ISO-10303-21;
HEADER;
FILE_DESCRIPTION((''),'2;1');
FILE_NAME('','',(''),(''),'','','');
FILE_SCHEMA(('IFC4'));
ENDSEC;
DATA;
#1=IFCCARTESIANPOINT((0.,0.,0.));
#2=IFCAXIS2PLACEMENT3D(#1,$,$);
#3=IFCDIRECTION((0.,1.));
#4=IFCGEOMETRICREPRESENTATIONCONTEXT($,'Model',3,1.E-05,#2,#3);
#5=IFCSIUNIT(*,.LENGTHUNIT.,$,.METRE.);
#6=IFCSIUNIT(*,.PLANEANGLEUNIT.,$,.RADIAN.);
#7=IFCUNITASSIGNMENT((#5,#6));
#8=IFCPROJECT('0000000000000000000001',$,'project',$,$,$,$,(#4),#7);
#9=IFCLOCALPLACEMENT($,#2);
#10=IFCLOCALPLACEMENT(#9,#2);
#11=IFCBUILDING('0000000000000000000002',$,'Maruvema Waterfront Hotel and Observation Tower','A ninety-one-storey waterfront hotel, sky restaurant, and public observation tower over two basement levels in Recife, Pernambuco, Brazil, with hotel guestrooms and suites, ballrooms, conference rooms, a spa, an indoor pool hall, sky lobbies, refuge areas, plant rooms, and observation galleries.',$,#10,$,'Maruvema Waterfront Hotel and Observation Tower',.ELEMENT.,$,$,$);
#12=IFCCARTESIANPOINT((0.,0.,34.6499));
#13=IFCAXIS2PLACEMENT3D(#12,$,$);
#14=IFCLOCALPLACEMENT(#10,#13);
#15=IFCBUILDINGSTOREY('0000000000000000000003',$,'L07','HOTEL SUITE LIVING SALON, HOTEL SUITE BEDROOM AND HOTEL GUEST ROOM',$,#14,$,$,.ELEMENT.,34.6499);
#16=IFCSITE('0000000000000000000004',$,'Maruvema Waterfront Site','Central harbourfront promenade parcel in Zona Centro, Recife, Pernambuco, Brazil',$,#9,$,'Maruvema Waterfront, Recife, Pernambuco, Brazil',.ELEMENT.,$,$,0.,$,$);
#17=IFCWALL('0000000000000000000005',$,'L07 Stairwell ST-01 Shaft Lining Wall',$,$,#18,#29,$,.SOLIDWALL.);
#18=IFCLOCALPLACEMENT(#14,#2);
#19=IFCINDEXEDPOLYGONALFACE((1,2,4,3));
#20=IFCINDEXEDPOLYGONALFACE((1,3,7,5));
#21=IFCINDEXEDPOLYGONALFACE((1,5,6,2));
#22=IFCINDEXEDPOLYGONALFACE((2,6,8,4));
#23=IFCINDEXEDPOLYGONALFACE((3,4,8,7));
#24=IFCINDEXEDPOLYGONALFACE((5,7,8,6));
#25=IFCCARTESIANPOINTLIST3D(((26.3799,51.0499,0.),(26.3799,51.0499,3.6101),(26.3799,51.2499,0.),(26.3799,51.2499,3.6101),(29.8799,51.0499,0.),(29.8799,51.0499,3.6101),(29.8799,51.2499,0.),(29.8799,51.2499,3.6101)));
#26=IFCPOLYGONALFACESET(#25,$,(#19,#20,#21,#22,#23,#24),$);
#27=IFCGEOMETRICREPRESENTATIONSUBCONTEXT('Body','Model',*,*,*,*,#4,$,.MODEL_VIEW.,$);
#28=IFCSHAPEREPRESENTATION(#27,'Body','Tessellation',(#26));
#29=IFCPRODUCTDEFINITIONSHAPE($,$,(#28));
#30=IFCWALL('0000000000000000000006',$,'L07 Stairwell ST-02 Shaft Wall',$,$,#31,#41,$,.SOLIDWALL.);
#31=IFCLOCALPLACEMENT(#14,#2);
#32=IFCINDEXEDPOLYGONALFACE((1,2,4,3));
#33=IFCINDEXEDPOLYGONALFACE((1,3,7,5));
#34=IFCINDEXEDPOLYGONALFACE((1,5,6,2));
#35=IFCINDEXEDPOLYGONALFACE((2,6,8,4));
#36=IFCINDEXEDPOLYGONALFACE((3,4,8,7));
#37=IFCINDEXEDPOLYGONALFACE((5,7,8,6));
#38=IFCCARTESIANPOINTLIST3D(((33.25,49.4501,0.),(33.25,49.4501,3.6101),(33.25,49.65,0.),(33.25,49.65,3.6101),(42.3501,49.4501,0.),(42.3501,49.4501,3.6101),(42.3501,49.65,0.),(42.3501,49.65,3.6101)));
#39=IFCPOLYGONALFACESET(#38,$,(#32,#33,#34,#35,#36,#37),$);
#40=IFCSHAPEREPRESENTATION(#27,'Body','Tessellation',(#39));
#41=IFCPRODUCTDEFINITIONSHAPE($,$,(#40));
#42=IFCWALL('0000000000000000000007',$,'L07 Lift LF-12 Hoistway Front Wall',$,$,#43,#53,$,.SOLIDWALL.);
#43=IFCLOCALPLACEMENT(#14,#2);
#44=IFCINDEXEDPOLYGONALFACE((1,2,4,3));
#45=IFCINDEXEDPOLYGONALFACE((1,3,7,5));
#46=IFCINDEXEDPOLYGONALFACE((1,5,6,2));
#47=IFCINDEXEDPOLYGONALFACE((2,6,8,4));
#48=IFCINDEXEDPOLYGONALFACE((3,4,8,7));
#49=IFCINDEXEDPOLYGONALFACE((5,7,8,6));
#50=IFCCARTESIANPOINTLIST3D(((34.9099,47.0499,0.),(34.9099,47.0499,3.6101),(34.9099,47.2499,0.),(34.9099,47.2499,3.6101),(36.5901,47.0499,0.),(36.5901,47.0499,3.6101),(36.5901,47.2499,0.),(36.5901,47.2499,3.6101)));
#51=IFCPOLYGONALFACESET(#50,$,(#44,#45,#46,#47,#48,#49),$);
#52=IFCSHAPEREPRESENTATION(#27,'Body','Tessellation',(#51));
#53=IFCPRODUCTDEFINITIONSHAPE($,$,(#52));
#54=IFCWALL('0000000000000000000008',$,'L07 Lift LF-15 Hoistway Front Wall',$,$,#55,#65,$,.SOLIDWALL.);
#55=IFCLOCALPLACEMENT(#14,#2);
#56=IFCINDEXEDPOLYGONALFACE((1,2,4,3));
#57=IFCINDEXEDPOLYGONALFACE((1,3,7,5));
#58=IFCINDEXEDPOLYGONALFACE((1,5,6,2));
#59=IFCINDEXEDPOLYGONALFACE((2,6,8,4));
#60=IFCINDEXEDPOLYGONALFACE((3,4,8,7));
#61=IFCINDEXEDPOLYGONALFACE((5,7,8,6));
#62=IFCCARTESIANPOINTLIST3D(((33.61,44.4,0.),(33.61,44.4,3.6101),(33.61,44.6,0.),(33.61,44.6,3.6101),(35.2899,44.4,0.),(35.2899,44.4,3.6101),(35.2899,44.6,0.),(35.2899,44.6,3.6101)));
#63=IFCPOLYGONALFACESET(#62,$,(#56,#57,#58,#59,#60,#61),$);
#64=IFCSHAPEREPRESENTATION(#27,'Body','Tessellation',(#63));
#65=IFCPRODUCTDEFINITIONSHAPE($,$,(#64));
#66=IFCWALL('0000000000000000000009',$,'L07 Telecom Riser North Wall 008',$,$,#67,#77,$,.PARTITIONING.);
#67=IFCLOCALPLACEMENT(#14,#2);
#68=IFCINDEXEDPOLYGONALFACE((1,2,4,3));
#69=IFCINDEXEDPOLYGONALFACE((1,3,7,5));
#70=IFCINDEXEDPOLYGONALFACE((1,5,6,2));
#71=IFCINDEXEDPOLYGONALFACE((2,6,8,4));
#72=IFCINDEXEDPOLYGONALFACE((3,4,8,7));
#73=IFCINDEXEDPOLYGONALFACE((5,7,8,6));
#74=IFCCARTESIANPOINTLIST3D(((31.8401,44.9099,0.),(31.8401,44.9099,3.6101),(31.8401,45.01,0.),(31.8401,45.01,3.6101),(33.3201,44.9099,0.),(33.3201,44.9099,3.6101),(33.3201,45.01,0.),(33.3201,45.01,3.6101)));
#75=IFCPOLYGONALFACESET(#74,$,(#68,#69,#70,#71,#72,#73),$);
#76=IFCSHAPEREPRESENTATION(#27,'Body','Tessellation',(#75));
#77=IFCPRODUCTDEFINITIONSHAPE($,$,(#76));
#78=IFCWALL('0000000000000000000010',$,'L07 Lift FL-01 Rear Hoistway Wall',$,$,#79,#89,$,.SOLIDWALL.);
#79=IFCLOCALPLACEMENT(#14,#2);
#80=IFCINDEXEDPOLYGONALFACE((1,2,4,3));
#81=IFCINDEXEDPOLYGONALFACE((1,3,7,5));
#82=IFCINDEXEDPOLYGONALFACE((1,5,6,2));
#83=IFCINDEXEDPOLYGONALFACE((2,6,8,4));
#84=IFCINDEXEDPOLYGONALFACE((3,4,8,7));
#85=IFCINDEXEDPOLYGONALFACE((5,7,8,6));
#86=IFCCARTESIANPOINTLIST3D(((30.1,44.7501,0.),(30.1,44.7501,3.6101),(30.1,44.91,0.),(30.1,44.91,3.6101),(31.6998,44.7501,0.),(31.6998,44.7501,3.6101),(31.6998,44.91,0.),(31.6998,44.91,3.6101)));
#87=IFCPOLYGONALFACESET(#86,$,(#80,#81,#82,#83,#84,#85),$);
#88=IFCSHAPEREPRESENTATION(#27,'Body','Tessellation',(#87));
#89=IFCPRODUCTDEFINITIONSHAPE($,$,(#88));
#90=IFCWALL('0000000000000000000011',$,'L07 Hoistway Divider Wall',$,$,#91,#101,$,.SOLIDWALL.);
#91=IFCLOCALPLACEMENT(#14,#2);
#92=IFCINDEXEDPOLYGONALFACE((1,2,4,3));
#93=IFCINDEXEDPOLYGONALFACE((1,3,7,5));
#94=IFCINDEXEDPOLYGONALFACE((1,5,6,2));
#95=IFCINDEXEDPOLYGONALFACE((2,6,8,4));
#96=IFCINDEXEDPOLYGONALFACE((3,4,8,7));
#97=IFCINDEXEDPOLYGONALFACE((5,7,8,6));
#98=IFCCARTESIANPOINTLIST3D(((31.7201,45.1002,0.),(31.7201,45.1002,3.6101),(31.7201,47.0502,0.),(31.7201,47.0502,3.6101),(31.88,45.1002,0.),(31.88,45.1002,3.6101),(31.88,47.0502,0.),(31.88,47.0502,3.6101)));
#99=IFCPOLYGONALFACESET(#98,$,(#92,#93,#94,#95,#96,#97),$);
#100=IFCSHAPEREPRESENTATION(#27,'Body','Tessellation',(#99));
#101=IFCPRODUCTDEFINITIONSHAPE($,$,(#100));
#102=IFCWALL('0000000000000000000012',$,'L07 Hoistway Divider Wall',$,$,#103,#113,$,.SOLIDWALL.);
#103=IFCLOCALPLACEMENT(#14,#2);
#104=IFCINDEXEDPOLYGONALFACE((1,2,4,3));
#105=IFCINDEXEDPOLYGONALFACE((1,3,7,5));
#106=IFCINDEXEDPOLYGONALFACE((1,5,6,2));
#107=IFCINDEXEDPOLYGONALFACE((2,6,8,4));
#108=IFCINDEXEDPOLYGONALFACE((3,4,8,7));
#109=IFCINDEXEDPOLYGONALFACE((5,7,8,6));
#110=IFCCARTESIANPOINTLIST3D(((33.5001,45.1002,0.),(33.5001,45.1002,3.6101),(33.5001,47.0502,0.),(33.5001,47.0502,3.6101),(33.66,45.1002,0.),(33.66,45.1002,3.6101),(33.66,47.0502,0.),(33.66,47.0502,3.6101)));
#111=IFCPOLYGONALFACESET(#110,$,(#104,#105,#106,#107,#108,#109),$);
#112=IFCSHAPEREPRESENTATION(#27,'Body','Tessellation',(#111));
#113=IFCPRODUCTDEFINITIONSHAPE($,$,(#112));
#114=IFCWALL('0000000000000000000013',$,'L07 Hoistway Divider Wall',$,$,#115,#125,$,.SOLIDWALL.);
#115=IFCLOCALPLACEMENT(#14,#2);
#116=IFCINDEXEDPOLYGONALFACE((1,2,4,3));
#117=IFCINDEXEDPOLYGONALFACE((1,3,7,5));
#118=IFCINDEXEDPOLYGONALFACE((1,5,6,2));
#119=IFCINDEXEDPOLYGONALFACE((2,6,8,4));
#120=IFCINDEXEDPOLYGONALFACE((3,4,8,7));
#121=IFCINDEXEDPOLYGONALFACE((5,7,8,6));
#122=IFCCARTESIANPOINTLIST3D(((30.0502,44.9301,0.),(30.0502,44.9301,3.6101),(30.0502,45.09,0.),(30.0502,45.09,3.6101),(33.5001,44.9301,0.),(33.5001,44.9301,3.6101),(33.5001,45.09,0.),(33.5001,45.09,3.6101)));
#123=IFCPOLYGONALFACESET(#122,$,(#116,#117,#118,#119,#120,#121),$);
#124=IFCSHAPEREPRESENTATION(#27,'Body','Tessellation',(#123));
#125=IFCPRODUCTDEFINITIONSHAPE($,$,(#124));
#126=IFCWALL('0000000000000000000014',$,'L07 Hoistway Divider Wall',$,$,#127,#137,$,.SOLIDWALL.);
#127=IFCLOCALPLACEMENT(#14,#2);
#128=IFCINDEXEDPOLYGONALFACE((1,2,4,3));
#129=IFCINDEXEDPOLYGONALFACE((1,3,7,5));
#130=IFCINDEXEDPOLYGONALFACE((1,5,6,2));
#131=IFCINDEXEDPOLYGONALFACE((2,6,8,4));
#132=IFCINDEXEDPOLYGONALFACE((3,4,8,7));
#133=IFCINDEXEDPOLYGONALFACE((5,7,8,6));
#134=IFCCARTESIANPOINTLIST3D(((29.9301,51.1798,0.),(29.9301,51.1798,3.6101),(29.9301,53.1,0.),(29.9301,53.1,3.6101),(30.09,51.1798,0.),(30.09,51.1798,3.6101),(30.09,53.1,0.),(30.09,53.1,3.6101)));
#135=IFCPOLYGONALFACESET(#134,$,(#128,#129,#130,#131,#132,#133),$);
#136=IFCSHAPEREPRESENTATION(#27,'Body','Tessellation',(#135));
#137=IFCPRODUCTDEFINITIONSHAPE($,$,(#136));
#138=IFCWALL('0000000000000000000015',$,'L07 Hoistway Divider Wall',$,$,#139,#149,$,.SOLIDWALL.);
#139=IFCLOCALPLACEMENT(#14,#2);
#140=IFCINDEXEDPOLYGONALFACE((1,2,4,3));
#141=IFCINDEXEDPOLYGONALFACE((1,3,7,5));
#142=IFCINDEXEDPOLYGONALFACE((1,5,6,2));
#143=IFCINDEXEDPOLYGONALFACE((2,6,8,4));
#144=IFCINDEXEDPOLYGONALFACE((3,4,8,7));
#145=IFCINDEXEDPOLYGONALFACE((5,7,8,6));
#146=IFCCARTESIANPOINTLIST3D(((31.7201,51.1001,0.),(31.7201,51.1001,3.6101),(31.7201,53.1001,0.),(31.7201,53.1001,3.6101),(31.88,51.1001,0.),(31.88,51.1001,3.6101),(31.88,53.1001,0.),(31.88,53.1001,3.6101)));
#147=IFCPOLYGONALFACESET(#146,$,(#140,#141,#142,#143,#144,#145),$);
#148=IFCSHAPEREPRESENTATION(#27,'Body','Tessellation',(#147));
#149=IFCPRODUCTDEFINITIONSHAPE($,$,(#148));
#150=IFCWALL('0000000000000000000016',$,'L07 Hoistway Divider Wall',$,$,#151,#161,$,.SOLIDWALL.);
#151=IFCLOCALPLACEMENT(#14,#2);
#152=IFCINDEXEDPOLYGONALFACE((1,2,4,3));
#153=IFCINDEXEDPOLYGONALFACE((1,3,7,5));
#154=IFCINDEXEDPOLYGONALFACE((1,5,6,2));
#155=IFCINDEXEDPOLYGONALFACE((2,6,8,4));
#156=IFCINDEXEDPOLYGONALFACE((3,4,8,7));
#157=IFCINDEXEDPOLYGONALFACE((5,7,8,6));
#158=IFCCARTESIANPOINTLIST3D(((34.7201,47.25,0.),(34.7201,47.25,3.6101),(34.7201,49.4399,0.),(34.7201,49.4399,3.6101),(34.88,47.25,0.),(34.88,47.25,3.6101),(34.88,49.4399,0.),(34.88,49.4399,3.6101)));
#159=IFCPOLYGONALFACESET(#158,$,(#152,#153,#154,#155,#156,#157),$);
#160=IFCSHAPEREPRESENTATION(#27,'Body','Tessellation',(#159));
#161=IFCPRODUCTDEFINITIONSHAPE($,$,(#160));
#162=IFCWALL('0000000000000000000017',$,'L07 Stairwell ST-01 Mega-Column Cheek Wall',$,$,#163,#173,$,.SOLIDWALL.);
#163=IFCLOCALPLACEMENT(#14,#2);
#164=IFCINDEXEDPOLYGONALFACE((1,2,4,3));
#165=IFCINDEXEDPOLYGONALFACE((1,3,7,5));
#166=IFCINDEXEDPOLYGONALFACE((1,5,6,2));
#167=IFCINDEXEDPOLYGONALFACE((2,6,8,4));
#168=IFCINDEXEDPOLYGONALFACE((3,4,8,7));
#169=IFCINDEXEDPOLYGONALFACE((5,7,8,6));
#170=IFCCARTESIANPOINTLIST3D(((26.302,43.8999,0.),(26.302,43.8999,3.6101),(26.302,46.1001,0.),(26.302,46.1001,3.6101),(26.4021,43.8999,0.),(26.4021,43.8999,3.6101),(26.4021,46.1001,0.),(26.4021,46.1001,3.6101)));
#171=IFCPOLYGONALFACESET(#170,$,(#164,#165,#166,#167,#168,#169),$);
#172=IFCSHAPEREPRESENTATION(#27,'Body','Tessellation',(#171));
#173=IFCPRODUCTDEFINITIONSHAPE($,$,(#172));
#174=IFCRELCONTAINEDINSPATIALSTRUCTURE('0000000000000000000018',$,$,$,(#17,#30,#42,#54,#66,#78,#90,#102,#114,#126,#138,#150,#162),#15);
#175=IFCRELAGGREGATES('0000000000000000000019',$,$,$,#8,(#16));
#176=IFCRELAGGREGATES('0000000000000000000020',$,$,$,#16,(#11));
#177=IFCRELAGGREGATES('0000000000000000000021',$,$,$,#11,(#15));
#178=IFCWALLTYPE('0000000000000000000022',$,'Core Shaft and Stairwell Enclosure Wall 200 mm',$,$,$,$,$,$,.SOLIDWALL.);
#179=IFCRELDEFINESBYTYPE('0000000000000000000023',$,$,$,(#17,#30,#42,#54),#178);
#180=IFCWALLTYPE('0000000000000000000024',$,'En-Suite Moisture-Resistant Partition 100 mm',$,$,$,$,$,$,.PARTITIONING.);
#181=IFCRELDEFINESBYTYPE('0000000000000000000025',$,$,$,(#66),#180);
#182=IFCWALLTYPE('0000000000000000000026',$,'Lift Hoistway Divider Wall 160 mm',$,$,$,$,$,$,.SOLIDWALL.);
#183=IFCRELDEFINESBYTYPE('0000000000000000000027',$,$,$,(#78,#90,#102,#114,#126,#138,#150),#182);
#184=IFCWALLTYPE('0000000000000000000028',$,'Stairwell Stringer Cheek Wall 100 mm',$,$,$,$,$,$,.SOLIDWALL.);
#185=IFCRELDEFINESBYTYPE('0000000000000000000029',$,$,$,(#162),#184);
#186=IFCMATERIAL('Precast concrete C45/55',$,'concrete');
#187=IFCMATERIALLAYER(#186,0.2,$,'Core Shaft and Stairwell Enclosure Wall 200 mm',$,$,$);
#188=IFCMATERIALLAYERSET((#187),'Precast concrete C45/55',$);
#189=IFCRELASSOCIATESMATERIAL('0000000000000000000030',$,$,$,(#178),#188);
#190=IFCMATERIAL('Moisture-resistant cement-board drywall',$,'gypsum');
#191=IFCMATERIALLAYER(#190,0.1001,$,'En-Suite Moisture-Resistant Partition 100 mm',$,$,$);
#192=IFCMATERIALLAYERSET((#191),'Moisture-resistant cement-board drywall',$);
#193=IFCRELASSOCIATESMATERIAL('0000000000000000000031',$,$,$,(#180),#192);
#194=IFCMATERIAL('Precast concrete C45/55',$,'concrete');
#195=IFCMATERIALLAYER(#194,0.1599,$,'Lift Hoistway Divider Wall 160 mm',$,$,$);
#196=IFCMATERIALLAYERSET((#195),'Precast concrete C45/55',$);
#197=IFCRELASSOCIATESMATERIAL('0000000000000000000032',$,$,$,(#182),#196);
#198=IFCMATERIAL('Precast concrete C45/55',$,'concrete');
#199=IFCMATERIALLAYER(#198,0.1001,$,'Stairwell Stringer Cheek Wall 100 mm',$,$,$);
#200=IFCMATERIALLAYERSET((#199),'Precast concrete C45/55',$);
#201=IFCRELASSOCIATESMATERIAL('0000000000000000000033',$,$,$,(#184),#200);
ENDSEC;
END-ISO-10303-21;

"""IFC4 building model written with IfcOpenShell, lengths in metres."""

from ifc_helpers import new_model, si_unit, direction, frame, frame_2d, origin, place, context, subcontext, project, spatial, rectangle, extrude, material, layer, layer_set, type_object, element, save


model = new_model("IFC4")

# Units and contexts
model_context = context("Model", 3, precision=1e-05, world=origin(), true_north=direction((0.0, 1.0)))
body_context = subcontext(model_context, "Body", "Model", "MODEL_VIEW")
ifc_project = project(units=[si_unit("LENGTHUNIT", "METRE"), si_unit("PLANEANGLEUNIT", "RADIAN")], contexts=[model_context])

# Site, building, storey
site_placement = place(None, origin())
site = spatial("IfcSite", under=ifc_project, at=site_placement, Name="Maruvema Waterfront Site", Description="Central harbourfront promenade parcel in Zona Centro, Recife, Pernambuco, Brazil", LongName="Maruvema Waterfront, Recife, Pernambuco, Brazil", CompositionType="ELEMENT", RefElevation=0.0)
building_placement = place(site_placement, origin())
building = spatial("IfcBuilding", under=site, at=building_placement, Name="Maruvema Waterfront Hotel and Observation Tower", Description="A ninety-one-storey waterfront hotel, sky restaurant, and public observation tower over two basement levels in Recife, Pernambuco, Brazil, with hotel guestrooms and suites, ballrooms, conference rooms, a spa, an indoor pool hall, sky lobbies, refuge areas, plant rooms, and observation galleries.", LongName="Maruvema Waterfront Hotel and Observation Tower", CompositionType="ELEMENT")
storey_placement = place(building_placement, frame((0.0, 0.0, 34.6499)))
storey = spatial("IfcBuildingStorey", under=building, at=storey_placement, Name="L07", Description="HOTEL SUITE LIVING SALON, HOTEL SUITE BEDROOM AND HOTEL GUEST ROOM", CompositionType="ELEMENT", Elevation=34.6499)

# Walls
ifc_material_1 = material(Name="Precast concrete C45/55", Category="concrete")
ifc_layer_1 = layer(ifc_material_1, 0.2, Name="Core Shaft and Stairwell Enclosure Wall 200 mm")
ifc_layer_set_1 = layer_set([ifc_layer_1], Name="Precast concrete C45/55")
wall_type_1 = type_object("IfcWallType", Name="Core Shaft and Stairwell Enclosure Wall 200 mm", PredefinedType="SOLIDWALL", material=ifc_layer_set_1)
wall_1_placement = place(storey_placement, frame((26.3799, 51.1499, 0.0), z_axis=(0.0, 0.0, 1.0), x_axis=(1.0, 0.0, 0.0)))
element("IfcWall", 1, at=wall_1_placement, inside=storey, type_object=wall_type_1, Name="L07 Stairwell ST-01 Shaft Lining Wall", PredefinedType="SOLIDWALL", context=body_context, shape_type="SweptSolid", body=[
    extrude(rectangle(XDim=3.5, YDim=0.2, at=frame_2d((1.75, 0.0))), origin(), (0.0, 0.0, 1.0), 3.6101),
])
wall_2_placement = place(storey_placement, frame((33.25, 49.55, 0.0), z_axis=(0.0, 0.0, 1.0), x_axis=(1.0, 0.0, 0.0)))
element("IfcWall", 2, at=wall_2_placement, inside=storey, type_object=wall_type_1, Name="L07 Stairwell ST-02 Shaft Wall", PredefinedType="SOLIDWALL", context=body_context, shape_type="SweptSolid", body=[
    extrude(rectangle(XDim=9.1001, YDim=0.2, at=frame_2d((4.55, 0.0))), origin(), (0.0, 0.0, 1.0), 3.6101),
])

# Walls
wall_3_placement = place(storey_placement, frame((34.9099, 47.1499, 0.0), z_axis=(0.0, 0.0, 1.0), x_axis=(1.0, 0.0, 0.0)))
element("IfcWall", 3, at=wall_3_placement, inside=storey, type_object=wall_type_1, Name="L07 Lift LF-12 Hoistway Front Wall", PredefinedType="SOLIDWALL", context=body_context, shape_type="SweptSolid", body=[
    extrude(rectangle(XDim=1.6802, YDim=0.2, at=frame_2d((0.8401, 0.0))), origin(), (0.0, 0.0, 1.0), 3.6101),
])
wall_4_placement = place(storey_placement, frame((33.6101, 44.5, 0.0), z_axis=(0.0, 0.0, 1.0), x_axis=(1.0, 0.0, 0.0)))
element("IfcWall", 4, at=wall_4_placement, inside=storey, type_object=wall_type_1, Name="L07 Lift LF-15 Hoistway Front Wall", PredefinedType="SOLIDWALL", context=body_context, shape_type="SweptSolid", body=[
    extrude(rectangle(XDim=1.6799, YDim=0.2, at=frame_2d((0.8398, 0.0))), origin(), (0.0, 0.0, 1.0), 3.6101),
])
ifc_material_2 = material(Name="Moisture-resistant cement-board drywall", Category="gypsum")
ifc_layer_2 = layer(ifc_material_2, 0.1001, Name="En-Suite Moisture-Resistant Partition 100 mm")
ifc_layer_set_2 = layer_set([ifc_layer_2], Name="Moisture-resistant cement-board drywall")
wall_type_2 = type_object("IfcWallType", Name="En-Suite Moisture-Resistant Partition 100 mm", PredefinedType="PARTITIONING", material=ifc_layer_set_2)
wall_5_placement = place(storey_placement, frame((31.8401, 44.96, 0.0), z_axis=(0.0, 0.0, 1.0), x_axis=(1.0, 0.0, 0.0)))
element("IfcWall", 5, at=wall_5_placement, inside=storey, type_object=wall_type_2, Name="L07 Telecom Riser North Wall 008", PredefinedType="PARTITIONING", context=body_context, shape_type="SweptSolid", body=[
    extrude(rectangle(XDim=1.48, YDim=0.1001, at=frame_2d((0.74, 0.0))), origin(), (0.0, 0.0, 1.0), 3.6101),
])
ifc_material_3 = material(Name="Precast concrete C45/55", Category="concrete")
ifc_layer_3 = layer(ifc_material_3, 0.1599, Name="Lift Hoistway Divider Wall 160 mm")
ifc_layer_set_3 = layer_set([ifc_layer_3], Name="Precast concrete C45/55")
wall_type_3 = type_object("IfcWallType", Name="Lift Hoistway Divider Wall 160 mm", PredefinedType="SOLIDWALL", material=ifc_layer_set_3)
wall_6_placement = place(storey_placement, frame((30.1001, 44.8301, 0.0), z_axis=(0.0, 0.0, 1.0), x_axis=(1.0, 0.0, 0.0)))
element("IfcWall", 6, at=wall_6_placement, inside=storey, type_object=wall_type_3, Name="L07 Lift FL-01 Rear Hoistway Wall", PredefinedType="SOLIDWALL", context=body_context, shape_type="SweptSolid", body=[
    extrude(rectangle(XDim=1.5999, YDim=0.1599, at=frame_2d((0.7998, 0.0))), origin(), (0.0, 0.0, 1.0), 3.6101),
])
for number, where, z_axis, x_axis, name in (
    (7, (31.8, 45.1001, 0.0), (0.0, 0.0, 1.0), (0.0, 1.0, 0.0), "L07 Hoistway Divider Wall"),
    (8, (33.5801, 45.1001, 0.0), (0.0, 0.0, 1.0), (0.0, 1.0, 0.0), "L07 Hoistway Divider Wall"),
):
    element("IfcWall", number, at=place(storey_placement, frame(where, z_axis=z_axis, x_axis=x_axis)), inside=storey, type_object=wall_type_3, Name=name, PredefinedType="SOLIDWALL", context=body_context, shape_type="SweptSolid", body=[
        extrude(rectangle(XDim=1.95, YDim=0.1599, at=frame_2d((0.9751, 0.0))), origin(), (0.0, 0.0, 1.0), 3.6101),
    ])
wall_7_placement = place(storey_placement, frame((30.05, 45.01, 0.0), z_axis=(0.0, 0.0, 1.0), x_axis=(1.0, 0.0, 0.0)))
element("IfcWall", 9, at=wall_7_placement, inside=storey, type_object=wall_type_3, Name="L07 Hoistway Divider Wall", PredefinedType="SOLIDWALL", context=body_context, shape_type="SweptSolid", body=[
    extrude(rectangle(XDim=3.45, YDim=0.1599, at=frame_2d((1.7251, 0.0))), origin(), (0.0, 0.0, 1.0), 3.6101),
])
wall_8_placement = place(storey_placement, frame((30.01, 51.1799, 0.0), z_axis=(0.0, 0.0, 1.0), x_axis=(0.0, 1.0, 0.0)))
element("IfcWall", 10, at=wall_8_placement, inside=storey, type_object=wall_type_3, Name="L07 Hoistway Divider Wall", PredefinedType="SOLIDWALL", context=body_context, shape_type="SweptSolid", body=[
    extrude(rectangle(XDim=1.9202, YDim=0.1599, at=frame_2d((0.96, 0.0))), origin(), (0.0, 0.0, 1.0), 3.6101),
])
wall_9_placement = place(storey_placement, frame((31.8, 51.1001, 0.0), z_axis=(0.0, 0.0, 1.0), x_axis=(0.0, 1.0, 0.0)))
element("IfcWall", 11, at=wall_9_placement, inside=storey, type_object=wall_type_3, Name="L07 Hoistway Divider Wall", PredefinedType="SOLIDWALL", context=body_context, shape_type="SweptSolid", body=[
    extrude(rectangle(XDim=2.0, YDim=0.1599, at=frame_2d((1.0, 0.0))), origin(), (0.0, 0.0, 1.0), 3.6101),
])
wall_10_placement = place(storey_placement, frame((34.8, 47.25, 0.0), z_axis=(0.0, 0.0, 1.0), x_axis=(0.0, 1.0, 0.0)))
element("IfcWall", 12, at=wall_10_placement, inside=storey, type_object=wall_type_3, Name="L07 Hoistway Divider Wall", PredefinedType="SOLIDWALL", context=body_context, shape_type="SweptSolid", body=[
    extrude(rectangle(XDim=2.1899, YDim=0.1599, at=frame_2d((1.095, 0.0))), origin(), (0.0, 0.0, 1.0), 3.6101),
])
ifc_material_4 = material(Name="Precast concrete C45/55", Category="concrete")
ifc_layer_4 = layer(ifc_material_4, 0.1001, Name="Stairwell Stringer Cheek Wall 100 mm")
ifc_layer_set_4 = layer_set([ifc_layer_4], Name="Precast concrete C45/55")
wall_type_4 = type_object("IfcWallType", Name="Stairwell Stringer Cheek Wall 100 mm", PredefinedType="SOLIDWALL", material=ifc_layer_set_4)
wall_11_placement = place(storey_placement, frame((26.3521, 43.8999, 0.0), z_axis=(0.0, 0.0, 1.0), x_axis=(0.0, 1.0, 0.0)))
element("IfcWall", 13, at=wall_11_placement, inside=storey, type_object=wall_type_4, Name="L07 Stairwell ST-01 Mega-Column Cheek Wall", PredefinedType="SOLIDWALL", context=body_context, shape_type="SweptSolid", body=[
    extrude(rectangle(XDim=2.2002, YDim=0.1001, at=frame_2d((1.1001, 0.0))), origin(), (0.0, 0.0, 1.0), 3.6101),
])

save(model, "model.ifc")
